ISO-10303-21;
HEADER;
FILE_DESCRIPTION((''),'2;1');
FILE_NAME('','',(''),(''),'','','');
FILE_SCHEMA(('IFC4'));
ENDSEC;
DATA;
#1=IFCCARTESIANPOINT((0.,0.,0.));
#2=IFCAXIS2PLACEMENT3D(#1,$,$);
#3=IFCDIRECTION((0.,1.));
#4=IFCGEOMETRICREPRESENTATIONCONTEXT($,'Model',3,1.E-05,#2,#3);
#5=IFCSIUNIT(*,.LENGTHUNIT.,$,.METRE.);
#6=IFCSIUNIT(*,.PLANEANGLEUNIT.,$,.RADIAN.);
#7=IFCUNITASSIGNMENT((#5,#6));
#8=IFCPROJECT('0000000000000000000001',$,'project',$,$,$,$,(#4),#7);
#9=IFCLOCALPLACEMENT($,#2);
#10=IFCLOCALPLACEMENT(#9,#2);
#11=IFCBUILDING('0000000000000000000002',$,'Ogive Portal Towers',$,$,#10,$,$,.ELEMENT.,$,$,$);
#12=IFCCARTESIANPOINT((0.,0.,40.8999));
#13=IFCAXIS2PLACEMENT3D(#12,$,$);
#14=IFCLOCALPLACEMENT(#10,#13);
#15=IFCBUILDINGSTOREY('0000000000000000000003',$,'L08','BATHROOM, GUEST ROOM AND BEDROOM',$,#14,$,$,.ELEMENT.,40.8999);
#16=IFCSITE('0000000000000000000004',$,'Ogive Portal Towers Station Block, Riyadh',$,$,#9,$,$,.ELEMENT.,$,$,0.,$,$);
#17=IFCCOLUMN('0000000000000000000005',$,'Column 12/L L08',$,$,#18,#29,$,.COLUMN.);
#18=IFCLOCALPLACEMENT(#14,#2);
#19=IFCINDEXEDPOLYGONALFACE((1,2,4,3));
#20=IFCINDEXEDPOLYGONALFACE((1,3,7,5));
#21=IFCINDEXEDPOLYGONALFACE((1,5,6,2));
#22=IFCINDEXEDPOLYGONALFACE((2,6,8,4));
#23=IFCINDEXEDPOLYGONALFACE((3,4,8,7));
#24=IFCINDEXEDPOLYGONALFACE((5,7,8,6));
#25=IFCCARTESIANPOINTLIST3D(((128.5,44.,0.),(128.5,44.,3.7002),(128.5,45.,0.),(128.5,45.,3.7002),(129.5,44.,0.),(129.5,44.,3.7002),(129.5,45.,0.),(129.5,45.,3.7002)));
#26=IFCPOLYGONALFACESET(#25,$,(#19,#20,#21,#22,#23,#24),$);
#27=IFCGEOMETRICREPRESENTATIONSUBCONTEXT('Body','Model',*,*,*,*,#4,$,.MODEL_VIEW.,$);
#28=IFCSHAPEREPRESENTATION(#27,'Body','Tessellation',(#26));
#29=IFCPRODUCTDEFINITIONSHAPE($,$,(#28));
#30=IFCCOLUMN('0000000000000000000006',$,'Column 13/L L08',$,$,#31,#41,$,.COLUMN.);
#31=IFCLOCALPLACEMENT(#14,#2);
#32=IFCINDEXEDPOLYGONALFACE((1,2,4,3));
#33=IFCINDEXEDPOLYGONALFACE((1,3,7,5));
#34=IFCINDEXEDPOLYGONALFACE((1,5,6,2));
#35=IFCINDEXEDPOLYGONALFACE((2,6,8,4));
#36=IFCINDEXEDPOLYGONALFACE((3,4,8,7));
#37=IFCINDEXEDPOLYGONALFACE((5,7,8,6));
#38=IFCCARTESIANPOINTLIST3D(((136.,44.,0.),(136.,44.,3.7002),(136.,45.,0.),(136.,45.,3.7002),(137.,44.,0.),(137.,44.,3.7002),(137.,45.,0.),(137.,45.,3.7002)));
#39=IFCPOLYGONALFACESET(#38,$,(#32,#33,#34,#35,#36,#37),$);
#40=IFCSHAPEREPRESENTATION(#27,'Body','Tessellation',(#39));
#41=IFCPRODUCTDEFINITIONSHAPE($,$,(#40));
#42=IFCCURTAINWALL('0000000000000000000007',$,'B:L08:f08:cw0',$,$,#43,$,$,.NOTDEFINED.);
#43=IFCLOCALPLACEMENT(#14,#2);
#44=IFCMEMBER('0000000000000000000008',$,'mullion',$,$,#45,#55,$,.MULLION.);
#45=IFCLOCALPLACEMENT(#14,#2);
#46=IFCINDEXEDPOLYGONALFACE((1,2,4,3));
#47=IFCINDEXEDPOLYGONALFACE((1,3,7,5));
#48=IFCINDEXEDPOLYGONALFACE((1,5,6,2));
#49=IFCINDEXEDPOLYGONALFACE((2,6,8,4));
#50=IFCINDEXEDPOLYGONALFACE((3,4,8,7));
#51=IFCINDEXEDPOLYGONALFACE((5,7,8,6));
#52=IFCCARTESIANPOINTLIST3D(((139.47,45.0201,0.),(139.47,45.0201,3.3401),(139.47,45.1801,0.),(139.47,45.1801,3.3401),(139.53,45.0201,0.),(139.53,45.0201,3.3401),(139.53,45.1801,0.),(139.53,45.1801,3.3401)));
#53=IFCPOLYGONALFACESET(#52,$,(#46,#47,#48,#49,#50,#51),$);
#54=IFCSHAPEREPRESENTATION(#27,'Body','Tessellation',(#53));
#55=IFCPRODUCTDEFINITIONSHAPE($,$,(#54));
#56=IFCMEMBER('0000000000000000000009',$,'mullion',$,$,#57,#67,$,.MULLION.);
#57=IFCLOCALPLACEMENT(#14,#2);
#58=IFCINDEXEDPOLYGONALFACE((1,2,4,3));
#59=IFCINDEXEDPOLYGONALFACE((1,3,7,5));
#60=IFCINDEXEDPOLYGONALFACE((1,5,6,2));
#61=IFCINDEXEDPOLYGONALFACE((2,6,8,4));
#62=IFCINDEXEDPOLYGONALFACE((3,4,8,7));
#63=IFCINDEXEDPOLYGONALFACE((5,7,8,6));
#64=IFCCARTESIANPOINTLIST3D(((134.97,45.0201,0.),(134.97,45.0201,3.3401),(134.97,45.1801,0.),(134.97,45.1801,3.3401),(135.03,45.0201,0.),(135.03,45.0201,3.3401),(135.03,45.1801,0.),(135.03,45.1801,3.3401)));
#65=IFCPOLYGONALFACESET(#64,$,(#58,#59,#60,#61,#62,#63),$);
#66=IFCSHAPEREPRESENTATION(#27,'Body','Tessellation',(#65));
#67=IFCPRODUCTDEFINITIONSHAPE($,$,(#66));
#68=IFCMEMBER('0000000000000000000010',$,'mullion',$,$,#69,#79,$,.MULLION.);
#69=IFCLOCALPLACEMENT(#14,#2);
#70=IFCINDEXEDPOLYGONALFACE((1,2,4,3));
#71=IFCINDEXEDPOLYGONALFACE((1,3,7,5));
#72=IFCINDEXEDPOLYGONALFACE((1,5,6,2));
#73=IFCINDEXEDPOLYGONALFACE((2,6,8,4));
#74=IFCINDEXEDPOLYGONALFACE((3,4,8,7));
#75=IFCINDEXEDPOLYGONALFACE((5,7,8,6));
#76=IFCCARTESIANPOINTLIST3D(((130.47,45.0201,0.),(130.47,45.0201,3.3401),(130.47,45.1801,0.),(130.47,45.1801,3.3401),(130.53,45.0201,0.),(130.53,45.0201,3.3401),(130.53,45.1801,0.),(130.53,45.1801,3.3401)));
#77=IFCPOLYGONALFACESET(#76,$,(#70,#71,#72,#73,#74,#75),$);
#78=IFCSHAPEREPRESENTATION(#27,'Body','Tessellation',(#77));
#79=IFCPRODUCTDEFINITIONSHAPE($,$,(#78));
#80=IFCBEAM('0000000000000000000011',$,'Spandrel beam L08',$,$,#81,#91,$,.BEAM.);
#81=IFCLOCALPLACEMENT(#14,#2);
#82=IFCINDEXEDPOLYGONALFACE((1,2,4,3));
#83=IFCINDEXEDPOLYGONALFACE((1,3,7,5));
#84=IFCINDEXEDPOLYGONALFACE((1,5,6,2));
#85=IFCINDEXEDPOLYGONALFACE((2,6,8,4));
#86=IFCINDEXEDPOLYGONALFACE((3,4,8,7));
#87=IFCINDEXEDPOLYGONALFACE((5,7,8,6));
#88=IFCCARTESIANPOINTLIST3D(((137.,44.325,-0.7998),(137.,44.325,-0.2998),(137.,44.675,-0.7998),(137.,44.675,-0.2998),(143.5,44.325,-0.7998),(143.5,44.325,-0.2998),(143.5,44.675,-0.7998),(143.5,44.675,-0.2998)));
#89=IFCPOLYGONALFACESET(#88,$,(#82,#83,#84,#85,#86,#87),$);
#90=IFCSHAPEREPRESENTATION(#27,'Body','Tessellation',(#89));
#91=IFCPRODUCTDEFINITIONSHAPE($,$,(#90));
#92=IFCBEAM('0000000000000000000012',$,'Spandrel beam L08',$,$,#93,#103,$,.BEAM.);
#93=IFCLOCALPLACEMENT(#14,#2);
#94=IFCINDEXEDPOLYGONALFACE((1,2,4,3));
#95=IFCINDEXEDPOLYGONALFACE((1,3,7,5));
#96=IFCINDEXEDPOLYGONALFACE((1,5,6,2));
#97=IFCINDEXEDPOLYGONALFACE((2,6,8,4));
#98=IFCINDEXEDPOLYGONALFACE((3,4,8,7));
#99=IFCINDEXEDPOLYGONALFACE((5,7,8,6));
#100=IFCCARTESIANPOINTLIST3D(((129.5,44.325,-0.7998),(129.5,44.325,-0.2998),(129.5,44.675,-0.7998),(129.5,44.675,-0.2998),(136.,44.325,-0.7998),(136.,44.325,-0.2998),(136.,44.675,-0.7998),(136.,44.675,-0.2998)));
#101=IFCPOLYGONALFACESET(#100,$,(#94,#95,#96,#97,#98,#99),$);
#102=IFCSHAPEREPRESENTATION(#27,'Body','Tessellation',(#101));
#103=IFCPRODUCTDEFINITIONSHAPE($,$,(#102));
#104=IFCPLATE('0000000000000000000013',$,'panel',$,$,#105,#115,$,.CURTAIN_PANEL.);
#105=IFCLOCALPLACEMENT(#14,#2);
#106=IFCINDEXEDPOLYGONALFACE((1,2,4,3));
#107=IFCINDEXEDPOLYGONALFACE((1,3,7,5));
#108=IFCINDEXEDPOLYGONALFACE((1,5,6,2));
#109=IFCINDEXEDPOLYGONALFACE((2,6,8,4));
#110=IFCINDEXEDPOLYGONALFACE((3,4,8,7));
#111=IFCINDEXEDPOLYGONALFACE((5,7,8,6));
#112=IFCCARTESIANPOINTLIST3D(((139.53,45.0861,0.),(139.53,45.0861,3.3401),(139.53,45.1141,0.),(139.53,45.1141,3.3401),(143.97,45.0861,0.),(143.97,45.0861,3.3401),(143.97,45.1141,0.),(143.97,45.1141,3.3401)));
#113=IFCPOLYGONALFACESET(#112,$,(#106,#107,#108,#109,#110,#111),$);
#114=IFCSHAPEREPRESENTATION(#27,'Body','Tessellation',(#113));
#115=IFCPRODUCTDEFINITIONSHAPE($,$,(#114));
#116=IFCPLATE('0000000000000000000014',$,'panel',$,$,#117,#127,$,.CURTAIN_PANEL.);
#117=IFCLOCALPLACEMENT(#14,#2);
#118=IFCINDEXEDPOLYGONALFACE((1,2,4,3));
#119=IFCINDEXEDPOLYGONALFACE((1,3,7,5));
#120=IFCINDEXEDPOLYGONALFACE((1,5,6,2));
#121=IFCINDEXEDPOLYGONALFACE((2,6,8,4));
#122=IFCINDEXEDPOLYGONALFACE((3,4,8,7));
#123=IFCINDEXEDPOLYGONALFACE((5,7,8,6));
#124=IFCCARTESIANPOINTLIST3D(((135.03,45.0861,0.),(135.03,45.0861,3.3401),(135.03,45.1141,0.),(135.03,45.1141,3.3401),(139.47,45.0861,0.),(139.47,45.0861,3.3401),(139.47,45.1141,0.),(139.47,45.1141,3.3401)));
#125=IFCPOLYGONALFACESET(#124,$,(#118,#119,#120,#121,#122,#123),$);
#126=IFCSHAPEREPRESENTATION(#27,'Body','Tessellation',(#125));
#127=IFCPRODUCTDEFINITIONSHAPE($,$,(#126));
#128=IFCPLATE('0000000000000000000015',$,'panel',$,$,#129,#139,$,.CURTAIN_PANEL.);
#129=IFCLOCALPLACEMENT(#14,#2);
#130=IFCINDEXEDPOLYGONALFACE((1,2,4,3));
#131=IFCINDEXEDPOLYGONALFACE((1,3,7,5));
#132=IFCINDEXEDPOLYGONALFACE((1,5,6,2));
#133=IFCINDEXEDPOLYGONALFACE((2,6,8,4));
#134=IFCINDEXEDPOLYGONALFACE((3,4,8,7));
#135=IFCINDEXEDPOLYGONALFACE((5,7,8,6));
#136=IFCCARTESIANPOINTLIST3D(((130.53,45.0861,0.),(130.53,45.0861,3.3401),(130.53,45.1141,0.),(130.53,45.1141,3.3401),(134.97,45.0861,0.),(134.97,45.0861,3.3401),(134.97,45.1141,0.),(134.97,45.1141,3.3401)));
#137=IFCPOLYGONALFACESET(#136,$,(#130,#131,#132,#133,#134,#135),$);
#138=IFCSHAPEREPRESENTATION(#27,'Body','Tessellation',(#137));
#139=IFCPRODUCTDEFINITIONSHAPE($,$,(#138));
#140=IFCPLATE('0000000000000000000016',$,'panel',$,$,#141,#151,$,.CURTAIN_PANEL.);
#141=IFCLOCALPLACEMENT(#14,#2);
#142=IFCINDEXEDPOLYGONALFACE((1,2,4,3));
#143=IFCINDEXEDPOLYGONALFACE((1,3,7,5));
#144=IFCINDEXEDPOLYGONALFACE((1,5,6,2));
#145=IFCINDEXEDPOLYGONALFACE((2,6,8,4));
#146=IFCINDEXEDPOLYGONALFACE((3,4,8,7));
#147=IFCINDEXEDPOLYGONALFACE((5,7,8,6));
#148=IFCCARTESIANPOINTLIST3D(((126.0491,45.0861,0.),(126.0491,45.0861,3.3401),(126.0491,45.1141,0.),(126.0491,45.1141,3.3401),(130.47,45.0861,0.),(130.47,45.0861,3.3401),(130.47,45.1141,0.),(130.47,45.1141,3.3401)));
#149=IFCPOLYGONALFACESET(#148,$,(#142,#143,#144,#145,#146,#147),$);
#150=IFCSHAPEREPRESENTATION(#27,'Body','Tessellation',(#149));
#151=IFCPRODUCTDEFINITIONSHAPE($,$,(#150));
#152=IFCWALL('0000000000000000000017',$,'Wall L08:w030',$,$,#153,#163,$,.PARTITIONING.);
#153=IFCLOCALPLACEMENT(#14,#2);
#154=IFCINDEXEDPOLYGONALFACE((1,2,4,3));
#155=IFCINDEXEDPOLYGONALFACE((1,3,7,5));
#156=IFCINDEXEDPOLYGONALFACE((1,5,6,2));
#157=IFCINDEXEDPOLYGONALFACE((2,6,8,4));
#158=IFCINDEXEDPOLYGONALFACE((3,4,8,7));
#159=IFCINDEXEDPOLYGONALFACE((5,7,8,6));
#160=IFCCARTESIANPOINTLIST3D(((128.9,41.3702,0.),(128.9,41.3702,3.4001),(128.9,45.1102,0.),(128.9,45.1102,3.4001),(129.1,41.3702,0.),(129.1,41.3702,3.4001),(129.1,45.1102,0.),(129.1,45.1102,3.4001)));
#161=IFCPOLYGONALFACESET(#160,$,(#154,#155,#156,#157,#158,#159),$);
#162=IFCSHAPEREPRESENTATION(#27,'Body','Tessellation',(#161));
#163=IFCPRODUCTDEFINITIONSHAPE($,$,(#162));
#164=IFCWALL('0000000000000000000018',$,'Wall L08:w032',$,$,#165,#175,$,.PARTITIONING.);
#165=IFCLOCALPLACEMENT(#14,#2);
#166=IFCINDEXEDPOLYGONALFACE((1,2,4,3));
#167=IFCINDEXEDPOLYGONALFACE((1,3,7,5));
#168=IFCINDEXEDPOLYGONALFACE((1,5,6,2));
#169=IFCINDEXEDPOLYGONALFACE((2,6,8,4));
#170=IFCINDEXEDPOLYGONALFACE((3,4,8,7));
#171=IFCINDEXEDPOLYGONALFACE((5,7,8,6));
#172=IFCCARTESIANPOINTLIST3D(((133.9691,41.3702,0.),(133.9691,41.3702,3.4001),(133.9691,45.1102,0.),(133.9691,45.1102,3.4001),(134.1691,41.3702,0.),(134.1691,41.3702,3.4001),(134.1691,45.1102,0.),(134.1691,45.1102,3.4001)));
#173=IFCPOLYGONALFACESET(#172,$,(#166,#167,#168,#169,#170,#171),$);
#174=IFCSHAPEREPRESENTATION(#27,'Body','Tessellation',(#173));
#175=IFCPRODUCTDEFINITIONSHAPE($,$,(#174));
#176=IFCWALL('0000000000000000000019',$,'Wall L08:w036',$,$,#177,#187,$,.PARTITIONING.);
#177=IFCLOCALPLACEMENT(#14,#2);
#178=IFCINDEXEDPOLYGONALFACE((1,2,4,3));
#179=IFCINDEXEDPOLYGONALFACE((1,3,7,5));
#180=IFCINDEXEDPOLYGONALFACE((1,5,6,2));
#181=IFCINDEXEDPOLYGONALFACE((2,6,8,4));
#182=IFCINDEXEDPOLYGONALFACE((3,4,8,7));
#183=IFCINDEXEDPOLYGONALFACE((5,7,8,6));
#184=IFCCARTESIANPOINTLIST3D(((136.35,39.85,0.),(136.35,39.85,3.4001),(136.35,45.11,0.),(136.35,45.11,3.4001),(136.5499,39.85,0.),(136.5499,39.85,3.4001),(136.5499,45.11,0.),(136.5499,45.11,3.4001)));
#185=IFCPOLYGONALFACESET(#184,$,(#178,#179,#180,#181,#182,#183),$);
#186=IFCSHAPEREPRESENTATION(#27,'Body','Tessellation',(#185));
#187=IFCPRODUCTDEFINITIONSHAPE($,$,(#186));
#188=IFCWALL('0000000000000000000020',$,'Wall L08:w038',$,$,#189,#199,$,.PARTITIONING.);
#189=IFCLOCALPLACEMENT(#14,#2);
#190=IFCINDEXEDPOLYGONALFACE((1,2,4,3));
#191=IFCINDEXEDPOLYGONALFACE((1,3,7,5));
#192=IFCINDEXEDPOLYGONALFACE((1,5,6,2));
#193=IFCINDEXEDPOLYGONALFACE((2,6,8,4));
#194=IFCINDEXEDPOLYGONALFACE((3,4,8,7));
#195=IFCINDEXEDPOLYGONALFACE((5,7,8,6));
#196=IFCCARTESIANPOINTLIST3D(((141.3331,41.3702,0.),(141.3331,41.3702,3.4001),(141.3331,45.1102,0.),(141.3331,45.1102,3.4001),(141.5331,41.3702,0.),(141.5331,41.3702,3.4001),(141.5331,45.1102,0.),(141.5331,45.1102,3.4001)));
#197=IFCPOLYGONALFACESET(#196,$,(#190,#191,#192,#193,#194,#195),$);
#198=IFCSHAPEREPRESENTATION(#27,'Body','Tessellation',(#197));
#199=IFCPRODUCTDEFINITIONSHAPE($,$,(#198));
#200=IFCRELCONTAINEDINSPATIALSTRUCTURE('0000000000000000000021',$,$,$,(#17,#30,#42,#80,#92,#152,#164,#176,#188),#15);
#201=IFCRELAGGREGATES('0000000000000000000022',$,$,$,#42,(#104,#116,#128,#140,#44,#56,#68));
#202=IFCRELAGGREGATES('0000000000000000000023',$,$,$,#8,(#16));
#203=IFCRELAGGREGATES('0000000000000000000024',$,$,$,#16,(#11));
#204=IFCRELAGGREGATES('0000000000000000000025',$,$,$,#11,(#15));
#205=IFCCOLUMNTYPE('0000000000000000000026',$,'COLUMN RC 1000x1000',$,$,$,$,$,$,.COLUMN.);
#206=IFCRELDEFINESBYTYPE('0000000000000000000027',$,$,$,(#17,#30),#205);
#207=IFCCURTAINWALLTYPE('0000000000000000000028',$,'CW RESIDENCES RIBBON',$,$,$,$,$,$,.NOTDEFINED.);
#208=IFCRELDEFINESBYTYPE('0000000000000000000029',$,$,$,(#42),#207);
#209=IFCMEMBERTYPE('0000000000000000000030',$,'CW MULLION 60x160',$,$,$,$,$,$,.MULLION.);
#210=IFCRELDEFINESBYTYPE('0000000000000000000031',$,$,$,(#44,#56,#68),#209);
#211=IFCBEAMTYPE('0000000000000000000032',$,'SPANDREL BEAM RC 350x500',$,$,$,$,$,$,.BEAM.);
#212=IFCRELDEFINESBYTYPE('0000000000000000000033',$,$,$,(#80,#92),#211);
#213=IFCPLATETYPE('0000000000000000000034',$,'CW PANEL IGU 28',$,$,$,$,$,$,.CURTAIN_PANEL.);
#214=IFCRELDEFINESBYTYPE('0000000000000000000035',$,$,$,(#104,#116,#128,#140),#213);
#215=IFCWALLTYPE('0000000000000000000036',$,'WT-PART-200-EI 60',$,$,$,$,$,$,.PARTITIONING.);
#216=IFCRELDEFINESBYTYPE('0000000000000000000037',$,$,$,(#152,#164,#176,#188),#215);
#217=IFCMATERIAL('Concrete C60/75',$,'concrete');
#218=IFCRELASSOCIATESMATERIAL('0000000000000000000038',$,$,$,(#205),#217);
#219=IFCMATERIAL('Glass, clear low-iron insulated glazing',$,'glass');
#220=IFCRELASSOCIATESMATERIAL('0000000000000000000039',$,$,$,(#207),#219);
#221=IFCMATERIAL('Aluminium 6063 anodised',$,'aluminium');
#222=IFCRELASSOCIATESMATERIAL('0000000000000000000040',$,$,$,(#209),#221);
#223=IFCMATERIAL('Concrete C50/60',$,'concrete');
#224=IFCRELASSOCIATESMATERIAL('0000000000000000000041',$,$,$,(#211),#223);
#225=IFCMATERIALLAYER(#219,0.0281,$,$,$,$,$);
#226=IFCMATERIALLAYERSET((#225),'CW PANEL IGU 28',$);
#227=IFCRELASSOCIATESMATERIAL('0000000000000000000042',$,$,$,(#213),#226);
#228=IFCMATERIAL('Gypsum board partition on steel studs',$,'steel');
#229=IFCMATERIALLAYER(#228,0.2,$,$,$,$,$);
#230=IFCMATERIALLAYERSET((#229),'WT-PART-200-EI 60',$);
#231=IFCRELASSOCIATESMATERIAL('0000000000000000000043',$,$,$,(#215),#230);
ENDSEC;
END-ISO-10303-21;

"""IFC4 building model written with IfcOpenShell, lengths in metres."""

from ifc_helpers import new_model, si_unit, direction, frame, frame_2d, origin, origin_2d, place, context, subcontext, project, spatial, rectangle, extrude, material, layer, layer_set, material_profile, profile_set, type_object, element, aggregate, save


model = new_model("IFC4")

# Units and contexts
model_context = context("Model", 3, precision=1e-05, world=origin(), true_north=direction((0.0, 1.0)))
body_context = subcontext(model_context, "Body", "Model", "MODEL_VIEW")
ifc_project = project(units=[si_unit("LENGTHUNIT", "METRE"), si_unit("PLANEANGLEUNIT", "RADIAN")], contexts=[model_context])

# Site, building, storey
site_placement = place(None, origin())
site = spatial("IfcSite", under=ifc_project, at=site_placement, Name="Ogive Portal Towers Station Block, Riyadh", CompositionType="ELEMENT", RefElevation=0.0)
building_placement = place(site_placement, origin())
building = spatial("IfcBuilding", under=site, at=building_placement, Name="Ogive Portal Towers", CompositionType="ELEMENT")
storey_placement = place(building_placement, frame((0.0, 0.0, 40.8999)))
storey = spatial("IfcBuildingStorey", under=building, at=storey_placement, Name="L08", Description="BATHROOM, GUEST ROOM AND BEDROOM", CompositionType="ELEMENT", Elevation=40.8999)

# Columns
ifc_material_1 = material(Name="Concrete C60/75", Category="concrete")
ifc_material_profile_1 = material_profile(ifc_material_1, rectangle(XDim=1.0, YDim=1.0, at=origin_2d()), Name="RC 1000x1000")
ifc_profile_set_1 = profile_set([ifc_material_profile_1], Name="Concrete C60/75")
column_type = type_object("IfcColumnType", Name="COLUMN RC 1000x1000", PredefinedType="COLUMN", material=ifc_profile_set_1)
for number, where, z_axis, x_axis, name in (
    (1, (129.0, 44.5, 0.0), (0.0, 0.0, 1.0), (1.0, 0.0, 0.0), "Column 12/L L08"),
    (2, (136.5, 44.5, 0.0), (0.0, 0.0, 1.0), (1.0, 0.0, 0.0), "Column 13/L L08"),
):
    element("IfcColumn", number, at=place(storey_placement, frame(where, z_axis=z_axis, x_axis=x_axis)), inside=storey, type_object=column_type, Name=name, PredefinedType="COLUMN", context=body_context, shape_type="SweptSolid", body=[
        extrude(rectangle(XDim=1.0, YDim=1.0, at=origin_2d()), origin(), (0.0, 0.0, 1.0), 3.7002),
    ])

# Curtain wall, members
ifc_material_2 = material(Name="Glass, clear low-iron insulated glazing", Category="glass")
curtain_wall_type = type_object("IfcCurtainWallType", Name="CW RESIDENCES RIBBON", PredefinedType="NOTDEFINED", material=ifc_material_2)
curtain_wall_placement = place(storey_placement, origin())
curtain_wall = element("IfcCurtainWall", 3, at=curtain_wall_placement, inside=storey, type_object=curtain_wall_type, Name="B:L08:f08:cw0", PredefinedType="NOTDEFINED")
ifc_material_3 = material(Name="Aluminium 6063 anodised", Category="aluminium")
ifc_material_profile_2 = material_profile(ifc_material_3, rectangle(XDim=0.1599, YDim=0.0601, at=origin_2d()), Name="AL 60x160")
ifc_profile_set_2 = profile_set([ifc_material_profile_2], Name="Aluminium 6063 anodised")
member_type = type_object("IfcMemberType", Name="CW MULLION 60x160", PredefinedType="MULLION", material=ifc_profile_set_2)
member_1_placement = place(storey_placement, frame((139.5, 45.1001, 0.0), z_axis=(0.0, 0.0, 1.0), x_axis=(0.0, -1.0, 0.0)))
member_1 = element("IfcMember", 4, at=member_1_placement, type_object=member_type, Name="mullion", PredefinedType="MULLION", context=body_context, shape_type="SweptSolid", body=[
    extrude(rectangle(XDim=0.1599, YDim=0.0601, at=origin_2d()), origin(), (0.0, 0.0, 1.0), 3.3401),
])
member_2_placement = place(storey_placement, frame((135.0, 45.1001, 0.0), z_axis=(0.0, 0.0, 1.0), x_axis=(0.0, -1.0, 0.0)))
member_2 = element("IfcMember", 5, at=member_2_placement, type_object=member_type, Name="mullion", PredefinedType="MULLION", context=body_context, shape_type="SweptSolid", body=[
    extrude(rectangle(XDim=0.1599, YDim=0.0601, at=origin_2d()), origin(), (0.0, 0.0, 1.0), 3.3401),
])
member_3_placement = place(storey_placement, frame((130.5, 45.1001, 0.0), z_axis=(0.0, 0.0, 1.0), x_axis=(0.0, -1.0, 0.0)))
member_3 = element("IfcMember", 6, at=member_3_placement, type_object=member_type, Name="mullion", PredefinedType="MULLION", context=body_context, shape_type="SweptSolid", body=[
    extrude(rectangle(XDim=0.1599, YDim=0.0601, at=origin_2d()), origin(), (0.0, 0.0, 1.0), 3.3401),
])

# Beams
ifc_material_4 = material(Name="Concrete C50/60", Category="concrete")
ifc_material_profile_3 = material_profile(ifc_material_4, rectangle(XDim=0.3501, YDim=0.5, at=origin_2d()), Name="RC 350x500")
ifc_profile_set_3 = profile_set([ifc_material_profile_3], Name="Concrete C50/60")
beam_type = type_object("IfcBeamType", Name="SPANDREL BEAM RC 350x500", PredefinedType="BEAM", material=ifc_profile_set_3)
for number, where, z_axis, x_axis, name in (
    (7, (143.5, 44.5, -0.5498), (-1.0, 0.0, 0.0), (0.0, -1.0, 0.0), "Spandrel beam L08"),
    (8, (136.0, 44.5, -0.5498), (-1.0, 0.0, 0.0), (0.0, -1.0, 0.0), "Spandrel beam L08"),
):
    element("IfcBeam", number, at=place(storey_placement, frame(where, z_axis=z_axis, x_axis=x_axis)), inside=storey, type_object=beam_type, Name=name, PredefinedType="BEAM", context=body_context, shape_type="SweptSolid", body=[
        extrude(rectangle(XDim=0.3501, YDim=0.5, at=origin_2d()), origin(), (0.0, 0.0, 1.0), 6.5),
    ])

# Plates
ifc_layer_1 = layer(ifc_material_2, 0.0281)
ifc_layer_set_1 = layer_set([ifc_layer_1], Name="CW PANEL IGU 28")
plate_type = type_object("IfcPlateType", Name="CW PANEL IGU 28", PredefinedType="CURTAIN_PANEL", material=ifc_layer_set_1)
plate_1_placement = place(storey_placement, frame((141.75, 45.1001, 0.0), z_axis=(0.0, 0.0, 1.0), x_axis=(-1.0, 0.0, 0.0)))
plate_1 = element("IfcPlate", 9, at=plate_1_placement, type_object=plate_type, Name="panel", PredefinedType="CURTAIN_PANEL", context=body_context, shape_type="SweptSolid", body=[
    extrude(rectangle(XDim=4.4399, YDim=0.0281, at=origin_2d()), origin(), (0.0, 0.0, 1.0), 3.3401),
])
plate_2_placement = place(storey_placement, frame((137.25, 45.1001, 0.0), z_axis=(0.0, 0.0, 1.0), x_axis=(-1.0, 0.0, 0.0)))
plate_2 = element("IfcPlate", 10, at=plate_2_placement, type_object=plate_type, Name="panel", PredefinedType="CURTAIN_PANEL", context=body_context, shape_type="SweptSolid", body=[
    extrude(rectangle(XDim=4.4399, YDim=0.0281, at=origin_2d()), origin(), (0.0, 0.0, 1.0), 3.3401),
])
plate_3_placement = place(storey_placement, frame((132.75, 45.1001, 0.0), z_axis=(0.0, 0.0, 1.0), x_axis=(-1.0, 0.0, 0.0)))
plate_3 = element("IfcPlate", 11, at=plate_3_placement, type_object=plate_type, Name="panel", PredefinedType="CURTAIN_PANEL", context=body_context, shape_type="SweptSolid", body=[
    extrude(rectangle(XDim=4.4399, YDim=0.0281, at=origin_2d()), origin(), (0.0, 0.0, 1.0), 3.3401),
])
plate_4_placement = place(storey_placement, frame((128.2595, 45.1001, 0.0), z_axis=(0.0, 0.0, 1.0), x_axis=(-1.0, 0.0, 0.0)))
plate_4 = element("IfcPlate", 12, at=plate_4_placement, type_object=plate_type, Name="panel", PredefinedType="CURTAIN_PANEL", context=body_context, shape_type="SweptSolid", body=[
    extrude(rectangle(XDim=4.4209, YDim=0.0281, at=origin_2d()), origin(), (0.0, 0.0, 1.0), 3.3401),
])
aggregate(curtain_wall, [plate_1, plate_2, plate_3, plate_4, member_1, member_2, member_3])

# Walls
ifc_material_5 = material(Name="Gypsum board partition on steel studs", Category="steel")
ifc_layer_2 = layer(ifc_material_5, 0.2)
ifc_layer_set_2 = layer_set([ifc_layer_2], Name="WT-PART-200-EI 60")
wall_type = type_object("IfcWallType", Name="WT-PART-200-EI 60", PredefinedType="PARTITIONING", material=ifc_layer_set_2)
for number, where, z_axis, x_axis, name in (
    (13, (129.0, 41.3701, 0.0), (0.0, 0.0, 1.0), (0.0, 1.0, 0.0), "Wall L08:w030"),
    (14, (134.0691, 41.3701, 0.0), (0.0, 0.0, 1.0), (0.0, 1.0, 0.0), "Wall L08:w032"),
):
    element("IfcWall", number, at=place(storey_placement, frame(where, z_axis=z_axis, x_axis=x_axis)), inside=storey, type_object=wall_type, Name=name, PredefinedType="PARTITIONING", context=body_context, shape_type="SweptSolid", body=[
        extrude(rectangle(XDim=3.74, YDim=0.2, at=frame_2d((1.8701, 0.0))), origin(), (0.0, 0.0, 1.0), 3.4001),
    ])
wall_1_placement = place(storey_placement, frame((136.45, 39.8501, 0.0), z_axis=(0.0, 0.0, 1.0), x_axis=(0.0, 1.0, 0.0)))
element("IfcWall", 15, at=wall_1_placement, inside=storey, type_object=wall_type, Name="Wall L08:w036", PredefinedType="PARTITIONING", context=body_context, shape_type="SweptSolid", body=[
    extrude(rectangle(XDim=5.26, YDim=0.2, at=frame_2d((2.6299, 0.0))), origin(), (0.0, 0.0, 1.0), 3.4001),
])
wall_2_placement = place(storey_placement, frame((141.4331, 41.3701, 0.0), z_axis=(0.0, 0.0, 1.0), x_axis=(0.0, 1.0, 0.0)))
element("IfcWall", 16, at=wall_2_placement, inside=storey, type_object=wall_type, Name="Wall L08:w038", PredefinedType="PARTITIONING", context=body_context, shape_type="SweptSolid", body=[
    extrude(rectangle(XDim=3.74, YDim=0.2, at=frame_2d((1.8701, 0.0))), origin(), (0.0, 0.0, 1.0), 3.4001),
])

save(model, "model.ifc")
